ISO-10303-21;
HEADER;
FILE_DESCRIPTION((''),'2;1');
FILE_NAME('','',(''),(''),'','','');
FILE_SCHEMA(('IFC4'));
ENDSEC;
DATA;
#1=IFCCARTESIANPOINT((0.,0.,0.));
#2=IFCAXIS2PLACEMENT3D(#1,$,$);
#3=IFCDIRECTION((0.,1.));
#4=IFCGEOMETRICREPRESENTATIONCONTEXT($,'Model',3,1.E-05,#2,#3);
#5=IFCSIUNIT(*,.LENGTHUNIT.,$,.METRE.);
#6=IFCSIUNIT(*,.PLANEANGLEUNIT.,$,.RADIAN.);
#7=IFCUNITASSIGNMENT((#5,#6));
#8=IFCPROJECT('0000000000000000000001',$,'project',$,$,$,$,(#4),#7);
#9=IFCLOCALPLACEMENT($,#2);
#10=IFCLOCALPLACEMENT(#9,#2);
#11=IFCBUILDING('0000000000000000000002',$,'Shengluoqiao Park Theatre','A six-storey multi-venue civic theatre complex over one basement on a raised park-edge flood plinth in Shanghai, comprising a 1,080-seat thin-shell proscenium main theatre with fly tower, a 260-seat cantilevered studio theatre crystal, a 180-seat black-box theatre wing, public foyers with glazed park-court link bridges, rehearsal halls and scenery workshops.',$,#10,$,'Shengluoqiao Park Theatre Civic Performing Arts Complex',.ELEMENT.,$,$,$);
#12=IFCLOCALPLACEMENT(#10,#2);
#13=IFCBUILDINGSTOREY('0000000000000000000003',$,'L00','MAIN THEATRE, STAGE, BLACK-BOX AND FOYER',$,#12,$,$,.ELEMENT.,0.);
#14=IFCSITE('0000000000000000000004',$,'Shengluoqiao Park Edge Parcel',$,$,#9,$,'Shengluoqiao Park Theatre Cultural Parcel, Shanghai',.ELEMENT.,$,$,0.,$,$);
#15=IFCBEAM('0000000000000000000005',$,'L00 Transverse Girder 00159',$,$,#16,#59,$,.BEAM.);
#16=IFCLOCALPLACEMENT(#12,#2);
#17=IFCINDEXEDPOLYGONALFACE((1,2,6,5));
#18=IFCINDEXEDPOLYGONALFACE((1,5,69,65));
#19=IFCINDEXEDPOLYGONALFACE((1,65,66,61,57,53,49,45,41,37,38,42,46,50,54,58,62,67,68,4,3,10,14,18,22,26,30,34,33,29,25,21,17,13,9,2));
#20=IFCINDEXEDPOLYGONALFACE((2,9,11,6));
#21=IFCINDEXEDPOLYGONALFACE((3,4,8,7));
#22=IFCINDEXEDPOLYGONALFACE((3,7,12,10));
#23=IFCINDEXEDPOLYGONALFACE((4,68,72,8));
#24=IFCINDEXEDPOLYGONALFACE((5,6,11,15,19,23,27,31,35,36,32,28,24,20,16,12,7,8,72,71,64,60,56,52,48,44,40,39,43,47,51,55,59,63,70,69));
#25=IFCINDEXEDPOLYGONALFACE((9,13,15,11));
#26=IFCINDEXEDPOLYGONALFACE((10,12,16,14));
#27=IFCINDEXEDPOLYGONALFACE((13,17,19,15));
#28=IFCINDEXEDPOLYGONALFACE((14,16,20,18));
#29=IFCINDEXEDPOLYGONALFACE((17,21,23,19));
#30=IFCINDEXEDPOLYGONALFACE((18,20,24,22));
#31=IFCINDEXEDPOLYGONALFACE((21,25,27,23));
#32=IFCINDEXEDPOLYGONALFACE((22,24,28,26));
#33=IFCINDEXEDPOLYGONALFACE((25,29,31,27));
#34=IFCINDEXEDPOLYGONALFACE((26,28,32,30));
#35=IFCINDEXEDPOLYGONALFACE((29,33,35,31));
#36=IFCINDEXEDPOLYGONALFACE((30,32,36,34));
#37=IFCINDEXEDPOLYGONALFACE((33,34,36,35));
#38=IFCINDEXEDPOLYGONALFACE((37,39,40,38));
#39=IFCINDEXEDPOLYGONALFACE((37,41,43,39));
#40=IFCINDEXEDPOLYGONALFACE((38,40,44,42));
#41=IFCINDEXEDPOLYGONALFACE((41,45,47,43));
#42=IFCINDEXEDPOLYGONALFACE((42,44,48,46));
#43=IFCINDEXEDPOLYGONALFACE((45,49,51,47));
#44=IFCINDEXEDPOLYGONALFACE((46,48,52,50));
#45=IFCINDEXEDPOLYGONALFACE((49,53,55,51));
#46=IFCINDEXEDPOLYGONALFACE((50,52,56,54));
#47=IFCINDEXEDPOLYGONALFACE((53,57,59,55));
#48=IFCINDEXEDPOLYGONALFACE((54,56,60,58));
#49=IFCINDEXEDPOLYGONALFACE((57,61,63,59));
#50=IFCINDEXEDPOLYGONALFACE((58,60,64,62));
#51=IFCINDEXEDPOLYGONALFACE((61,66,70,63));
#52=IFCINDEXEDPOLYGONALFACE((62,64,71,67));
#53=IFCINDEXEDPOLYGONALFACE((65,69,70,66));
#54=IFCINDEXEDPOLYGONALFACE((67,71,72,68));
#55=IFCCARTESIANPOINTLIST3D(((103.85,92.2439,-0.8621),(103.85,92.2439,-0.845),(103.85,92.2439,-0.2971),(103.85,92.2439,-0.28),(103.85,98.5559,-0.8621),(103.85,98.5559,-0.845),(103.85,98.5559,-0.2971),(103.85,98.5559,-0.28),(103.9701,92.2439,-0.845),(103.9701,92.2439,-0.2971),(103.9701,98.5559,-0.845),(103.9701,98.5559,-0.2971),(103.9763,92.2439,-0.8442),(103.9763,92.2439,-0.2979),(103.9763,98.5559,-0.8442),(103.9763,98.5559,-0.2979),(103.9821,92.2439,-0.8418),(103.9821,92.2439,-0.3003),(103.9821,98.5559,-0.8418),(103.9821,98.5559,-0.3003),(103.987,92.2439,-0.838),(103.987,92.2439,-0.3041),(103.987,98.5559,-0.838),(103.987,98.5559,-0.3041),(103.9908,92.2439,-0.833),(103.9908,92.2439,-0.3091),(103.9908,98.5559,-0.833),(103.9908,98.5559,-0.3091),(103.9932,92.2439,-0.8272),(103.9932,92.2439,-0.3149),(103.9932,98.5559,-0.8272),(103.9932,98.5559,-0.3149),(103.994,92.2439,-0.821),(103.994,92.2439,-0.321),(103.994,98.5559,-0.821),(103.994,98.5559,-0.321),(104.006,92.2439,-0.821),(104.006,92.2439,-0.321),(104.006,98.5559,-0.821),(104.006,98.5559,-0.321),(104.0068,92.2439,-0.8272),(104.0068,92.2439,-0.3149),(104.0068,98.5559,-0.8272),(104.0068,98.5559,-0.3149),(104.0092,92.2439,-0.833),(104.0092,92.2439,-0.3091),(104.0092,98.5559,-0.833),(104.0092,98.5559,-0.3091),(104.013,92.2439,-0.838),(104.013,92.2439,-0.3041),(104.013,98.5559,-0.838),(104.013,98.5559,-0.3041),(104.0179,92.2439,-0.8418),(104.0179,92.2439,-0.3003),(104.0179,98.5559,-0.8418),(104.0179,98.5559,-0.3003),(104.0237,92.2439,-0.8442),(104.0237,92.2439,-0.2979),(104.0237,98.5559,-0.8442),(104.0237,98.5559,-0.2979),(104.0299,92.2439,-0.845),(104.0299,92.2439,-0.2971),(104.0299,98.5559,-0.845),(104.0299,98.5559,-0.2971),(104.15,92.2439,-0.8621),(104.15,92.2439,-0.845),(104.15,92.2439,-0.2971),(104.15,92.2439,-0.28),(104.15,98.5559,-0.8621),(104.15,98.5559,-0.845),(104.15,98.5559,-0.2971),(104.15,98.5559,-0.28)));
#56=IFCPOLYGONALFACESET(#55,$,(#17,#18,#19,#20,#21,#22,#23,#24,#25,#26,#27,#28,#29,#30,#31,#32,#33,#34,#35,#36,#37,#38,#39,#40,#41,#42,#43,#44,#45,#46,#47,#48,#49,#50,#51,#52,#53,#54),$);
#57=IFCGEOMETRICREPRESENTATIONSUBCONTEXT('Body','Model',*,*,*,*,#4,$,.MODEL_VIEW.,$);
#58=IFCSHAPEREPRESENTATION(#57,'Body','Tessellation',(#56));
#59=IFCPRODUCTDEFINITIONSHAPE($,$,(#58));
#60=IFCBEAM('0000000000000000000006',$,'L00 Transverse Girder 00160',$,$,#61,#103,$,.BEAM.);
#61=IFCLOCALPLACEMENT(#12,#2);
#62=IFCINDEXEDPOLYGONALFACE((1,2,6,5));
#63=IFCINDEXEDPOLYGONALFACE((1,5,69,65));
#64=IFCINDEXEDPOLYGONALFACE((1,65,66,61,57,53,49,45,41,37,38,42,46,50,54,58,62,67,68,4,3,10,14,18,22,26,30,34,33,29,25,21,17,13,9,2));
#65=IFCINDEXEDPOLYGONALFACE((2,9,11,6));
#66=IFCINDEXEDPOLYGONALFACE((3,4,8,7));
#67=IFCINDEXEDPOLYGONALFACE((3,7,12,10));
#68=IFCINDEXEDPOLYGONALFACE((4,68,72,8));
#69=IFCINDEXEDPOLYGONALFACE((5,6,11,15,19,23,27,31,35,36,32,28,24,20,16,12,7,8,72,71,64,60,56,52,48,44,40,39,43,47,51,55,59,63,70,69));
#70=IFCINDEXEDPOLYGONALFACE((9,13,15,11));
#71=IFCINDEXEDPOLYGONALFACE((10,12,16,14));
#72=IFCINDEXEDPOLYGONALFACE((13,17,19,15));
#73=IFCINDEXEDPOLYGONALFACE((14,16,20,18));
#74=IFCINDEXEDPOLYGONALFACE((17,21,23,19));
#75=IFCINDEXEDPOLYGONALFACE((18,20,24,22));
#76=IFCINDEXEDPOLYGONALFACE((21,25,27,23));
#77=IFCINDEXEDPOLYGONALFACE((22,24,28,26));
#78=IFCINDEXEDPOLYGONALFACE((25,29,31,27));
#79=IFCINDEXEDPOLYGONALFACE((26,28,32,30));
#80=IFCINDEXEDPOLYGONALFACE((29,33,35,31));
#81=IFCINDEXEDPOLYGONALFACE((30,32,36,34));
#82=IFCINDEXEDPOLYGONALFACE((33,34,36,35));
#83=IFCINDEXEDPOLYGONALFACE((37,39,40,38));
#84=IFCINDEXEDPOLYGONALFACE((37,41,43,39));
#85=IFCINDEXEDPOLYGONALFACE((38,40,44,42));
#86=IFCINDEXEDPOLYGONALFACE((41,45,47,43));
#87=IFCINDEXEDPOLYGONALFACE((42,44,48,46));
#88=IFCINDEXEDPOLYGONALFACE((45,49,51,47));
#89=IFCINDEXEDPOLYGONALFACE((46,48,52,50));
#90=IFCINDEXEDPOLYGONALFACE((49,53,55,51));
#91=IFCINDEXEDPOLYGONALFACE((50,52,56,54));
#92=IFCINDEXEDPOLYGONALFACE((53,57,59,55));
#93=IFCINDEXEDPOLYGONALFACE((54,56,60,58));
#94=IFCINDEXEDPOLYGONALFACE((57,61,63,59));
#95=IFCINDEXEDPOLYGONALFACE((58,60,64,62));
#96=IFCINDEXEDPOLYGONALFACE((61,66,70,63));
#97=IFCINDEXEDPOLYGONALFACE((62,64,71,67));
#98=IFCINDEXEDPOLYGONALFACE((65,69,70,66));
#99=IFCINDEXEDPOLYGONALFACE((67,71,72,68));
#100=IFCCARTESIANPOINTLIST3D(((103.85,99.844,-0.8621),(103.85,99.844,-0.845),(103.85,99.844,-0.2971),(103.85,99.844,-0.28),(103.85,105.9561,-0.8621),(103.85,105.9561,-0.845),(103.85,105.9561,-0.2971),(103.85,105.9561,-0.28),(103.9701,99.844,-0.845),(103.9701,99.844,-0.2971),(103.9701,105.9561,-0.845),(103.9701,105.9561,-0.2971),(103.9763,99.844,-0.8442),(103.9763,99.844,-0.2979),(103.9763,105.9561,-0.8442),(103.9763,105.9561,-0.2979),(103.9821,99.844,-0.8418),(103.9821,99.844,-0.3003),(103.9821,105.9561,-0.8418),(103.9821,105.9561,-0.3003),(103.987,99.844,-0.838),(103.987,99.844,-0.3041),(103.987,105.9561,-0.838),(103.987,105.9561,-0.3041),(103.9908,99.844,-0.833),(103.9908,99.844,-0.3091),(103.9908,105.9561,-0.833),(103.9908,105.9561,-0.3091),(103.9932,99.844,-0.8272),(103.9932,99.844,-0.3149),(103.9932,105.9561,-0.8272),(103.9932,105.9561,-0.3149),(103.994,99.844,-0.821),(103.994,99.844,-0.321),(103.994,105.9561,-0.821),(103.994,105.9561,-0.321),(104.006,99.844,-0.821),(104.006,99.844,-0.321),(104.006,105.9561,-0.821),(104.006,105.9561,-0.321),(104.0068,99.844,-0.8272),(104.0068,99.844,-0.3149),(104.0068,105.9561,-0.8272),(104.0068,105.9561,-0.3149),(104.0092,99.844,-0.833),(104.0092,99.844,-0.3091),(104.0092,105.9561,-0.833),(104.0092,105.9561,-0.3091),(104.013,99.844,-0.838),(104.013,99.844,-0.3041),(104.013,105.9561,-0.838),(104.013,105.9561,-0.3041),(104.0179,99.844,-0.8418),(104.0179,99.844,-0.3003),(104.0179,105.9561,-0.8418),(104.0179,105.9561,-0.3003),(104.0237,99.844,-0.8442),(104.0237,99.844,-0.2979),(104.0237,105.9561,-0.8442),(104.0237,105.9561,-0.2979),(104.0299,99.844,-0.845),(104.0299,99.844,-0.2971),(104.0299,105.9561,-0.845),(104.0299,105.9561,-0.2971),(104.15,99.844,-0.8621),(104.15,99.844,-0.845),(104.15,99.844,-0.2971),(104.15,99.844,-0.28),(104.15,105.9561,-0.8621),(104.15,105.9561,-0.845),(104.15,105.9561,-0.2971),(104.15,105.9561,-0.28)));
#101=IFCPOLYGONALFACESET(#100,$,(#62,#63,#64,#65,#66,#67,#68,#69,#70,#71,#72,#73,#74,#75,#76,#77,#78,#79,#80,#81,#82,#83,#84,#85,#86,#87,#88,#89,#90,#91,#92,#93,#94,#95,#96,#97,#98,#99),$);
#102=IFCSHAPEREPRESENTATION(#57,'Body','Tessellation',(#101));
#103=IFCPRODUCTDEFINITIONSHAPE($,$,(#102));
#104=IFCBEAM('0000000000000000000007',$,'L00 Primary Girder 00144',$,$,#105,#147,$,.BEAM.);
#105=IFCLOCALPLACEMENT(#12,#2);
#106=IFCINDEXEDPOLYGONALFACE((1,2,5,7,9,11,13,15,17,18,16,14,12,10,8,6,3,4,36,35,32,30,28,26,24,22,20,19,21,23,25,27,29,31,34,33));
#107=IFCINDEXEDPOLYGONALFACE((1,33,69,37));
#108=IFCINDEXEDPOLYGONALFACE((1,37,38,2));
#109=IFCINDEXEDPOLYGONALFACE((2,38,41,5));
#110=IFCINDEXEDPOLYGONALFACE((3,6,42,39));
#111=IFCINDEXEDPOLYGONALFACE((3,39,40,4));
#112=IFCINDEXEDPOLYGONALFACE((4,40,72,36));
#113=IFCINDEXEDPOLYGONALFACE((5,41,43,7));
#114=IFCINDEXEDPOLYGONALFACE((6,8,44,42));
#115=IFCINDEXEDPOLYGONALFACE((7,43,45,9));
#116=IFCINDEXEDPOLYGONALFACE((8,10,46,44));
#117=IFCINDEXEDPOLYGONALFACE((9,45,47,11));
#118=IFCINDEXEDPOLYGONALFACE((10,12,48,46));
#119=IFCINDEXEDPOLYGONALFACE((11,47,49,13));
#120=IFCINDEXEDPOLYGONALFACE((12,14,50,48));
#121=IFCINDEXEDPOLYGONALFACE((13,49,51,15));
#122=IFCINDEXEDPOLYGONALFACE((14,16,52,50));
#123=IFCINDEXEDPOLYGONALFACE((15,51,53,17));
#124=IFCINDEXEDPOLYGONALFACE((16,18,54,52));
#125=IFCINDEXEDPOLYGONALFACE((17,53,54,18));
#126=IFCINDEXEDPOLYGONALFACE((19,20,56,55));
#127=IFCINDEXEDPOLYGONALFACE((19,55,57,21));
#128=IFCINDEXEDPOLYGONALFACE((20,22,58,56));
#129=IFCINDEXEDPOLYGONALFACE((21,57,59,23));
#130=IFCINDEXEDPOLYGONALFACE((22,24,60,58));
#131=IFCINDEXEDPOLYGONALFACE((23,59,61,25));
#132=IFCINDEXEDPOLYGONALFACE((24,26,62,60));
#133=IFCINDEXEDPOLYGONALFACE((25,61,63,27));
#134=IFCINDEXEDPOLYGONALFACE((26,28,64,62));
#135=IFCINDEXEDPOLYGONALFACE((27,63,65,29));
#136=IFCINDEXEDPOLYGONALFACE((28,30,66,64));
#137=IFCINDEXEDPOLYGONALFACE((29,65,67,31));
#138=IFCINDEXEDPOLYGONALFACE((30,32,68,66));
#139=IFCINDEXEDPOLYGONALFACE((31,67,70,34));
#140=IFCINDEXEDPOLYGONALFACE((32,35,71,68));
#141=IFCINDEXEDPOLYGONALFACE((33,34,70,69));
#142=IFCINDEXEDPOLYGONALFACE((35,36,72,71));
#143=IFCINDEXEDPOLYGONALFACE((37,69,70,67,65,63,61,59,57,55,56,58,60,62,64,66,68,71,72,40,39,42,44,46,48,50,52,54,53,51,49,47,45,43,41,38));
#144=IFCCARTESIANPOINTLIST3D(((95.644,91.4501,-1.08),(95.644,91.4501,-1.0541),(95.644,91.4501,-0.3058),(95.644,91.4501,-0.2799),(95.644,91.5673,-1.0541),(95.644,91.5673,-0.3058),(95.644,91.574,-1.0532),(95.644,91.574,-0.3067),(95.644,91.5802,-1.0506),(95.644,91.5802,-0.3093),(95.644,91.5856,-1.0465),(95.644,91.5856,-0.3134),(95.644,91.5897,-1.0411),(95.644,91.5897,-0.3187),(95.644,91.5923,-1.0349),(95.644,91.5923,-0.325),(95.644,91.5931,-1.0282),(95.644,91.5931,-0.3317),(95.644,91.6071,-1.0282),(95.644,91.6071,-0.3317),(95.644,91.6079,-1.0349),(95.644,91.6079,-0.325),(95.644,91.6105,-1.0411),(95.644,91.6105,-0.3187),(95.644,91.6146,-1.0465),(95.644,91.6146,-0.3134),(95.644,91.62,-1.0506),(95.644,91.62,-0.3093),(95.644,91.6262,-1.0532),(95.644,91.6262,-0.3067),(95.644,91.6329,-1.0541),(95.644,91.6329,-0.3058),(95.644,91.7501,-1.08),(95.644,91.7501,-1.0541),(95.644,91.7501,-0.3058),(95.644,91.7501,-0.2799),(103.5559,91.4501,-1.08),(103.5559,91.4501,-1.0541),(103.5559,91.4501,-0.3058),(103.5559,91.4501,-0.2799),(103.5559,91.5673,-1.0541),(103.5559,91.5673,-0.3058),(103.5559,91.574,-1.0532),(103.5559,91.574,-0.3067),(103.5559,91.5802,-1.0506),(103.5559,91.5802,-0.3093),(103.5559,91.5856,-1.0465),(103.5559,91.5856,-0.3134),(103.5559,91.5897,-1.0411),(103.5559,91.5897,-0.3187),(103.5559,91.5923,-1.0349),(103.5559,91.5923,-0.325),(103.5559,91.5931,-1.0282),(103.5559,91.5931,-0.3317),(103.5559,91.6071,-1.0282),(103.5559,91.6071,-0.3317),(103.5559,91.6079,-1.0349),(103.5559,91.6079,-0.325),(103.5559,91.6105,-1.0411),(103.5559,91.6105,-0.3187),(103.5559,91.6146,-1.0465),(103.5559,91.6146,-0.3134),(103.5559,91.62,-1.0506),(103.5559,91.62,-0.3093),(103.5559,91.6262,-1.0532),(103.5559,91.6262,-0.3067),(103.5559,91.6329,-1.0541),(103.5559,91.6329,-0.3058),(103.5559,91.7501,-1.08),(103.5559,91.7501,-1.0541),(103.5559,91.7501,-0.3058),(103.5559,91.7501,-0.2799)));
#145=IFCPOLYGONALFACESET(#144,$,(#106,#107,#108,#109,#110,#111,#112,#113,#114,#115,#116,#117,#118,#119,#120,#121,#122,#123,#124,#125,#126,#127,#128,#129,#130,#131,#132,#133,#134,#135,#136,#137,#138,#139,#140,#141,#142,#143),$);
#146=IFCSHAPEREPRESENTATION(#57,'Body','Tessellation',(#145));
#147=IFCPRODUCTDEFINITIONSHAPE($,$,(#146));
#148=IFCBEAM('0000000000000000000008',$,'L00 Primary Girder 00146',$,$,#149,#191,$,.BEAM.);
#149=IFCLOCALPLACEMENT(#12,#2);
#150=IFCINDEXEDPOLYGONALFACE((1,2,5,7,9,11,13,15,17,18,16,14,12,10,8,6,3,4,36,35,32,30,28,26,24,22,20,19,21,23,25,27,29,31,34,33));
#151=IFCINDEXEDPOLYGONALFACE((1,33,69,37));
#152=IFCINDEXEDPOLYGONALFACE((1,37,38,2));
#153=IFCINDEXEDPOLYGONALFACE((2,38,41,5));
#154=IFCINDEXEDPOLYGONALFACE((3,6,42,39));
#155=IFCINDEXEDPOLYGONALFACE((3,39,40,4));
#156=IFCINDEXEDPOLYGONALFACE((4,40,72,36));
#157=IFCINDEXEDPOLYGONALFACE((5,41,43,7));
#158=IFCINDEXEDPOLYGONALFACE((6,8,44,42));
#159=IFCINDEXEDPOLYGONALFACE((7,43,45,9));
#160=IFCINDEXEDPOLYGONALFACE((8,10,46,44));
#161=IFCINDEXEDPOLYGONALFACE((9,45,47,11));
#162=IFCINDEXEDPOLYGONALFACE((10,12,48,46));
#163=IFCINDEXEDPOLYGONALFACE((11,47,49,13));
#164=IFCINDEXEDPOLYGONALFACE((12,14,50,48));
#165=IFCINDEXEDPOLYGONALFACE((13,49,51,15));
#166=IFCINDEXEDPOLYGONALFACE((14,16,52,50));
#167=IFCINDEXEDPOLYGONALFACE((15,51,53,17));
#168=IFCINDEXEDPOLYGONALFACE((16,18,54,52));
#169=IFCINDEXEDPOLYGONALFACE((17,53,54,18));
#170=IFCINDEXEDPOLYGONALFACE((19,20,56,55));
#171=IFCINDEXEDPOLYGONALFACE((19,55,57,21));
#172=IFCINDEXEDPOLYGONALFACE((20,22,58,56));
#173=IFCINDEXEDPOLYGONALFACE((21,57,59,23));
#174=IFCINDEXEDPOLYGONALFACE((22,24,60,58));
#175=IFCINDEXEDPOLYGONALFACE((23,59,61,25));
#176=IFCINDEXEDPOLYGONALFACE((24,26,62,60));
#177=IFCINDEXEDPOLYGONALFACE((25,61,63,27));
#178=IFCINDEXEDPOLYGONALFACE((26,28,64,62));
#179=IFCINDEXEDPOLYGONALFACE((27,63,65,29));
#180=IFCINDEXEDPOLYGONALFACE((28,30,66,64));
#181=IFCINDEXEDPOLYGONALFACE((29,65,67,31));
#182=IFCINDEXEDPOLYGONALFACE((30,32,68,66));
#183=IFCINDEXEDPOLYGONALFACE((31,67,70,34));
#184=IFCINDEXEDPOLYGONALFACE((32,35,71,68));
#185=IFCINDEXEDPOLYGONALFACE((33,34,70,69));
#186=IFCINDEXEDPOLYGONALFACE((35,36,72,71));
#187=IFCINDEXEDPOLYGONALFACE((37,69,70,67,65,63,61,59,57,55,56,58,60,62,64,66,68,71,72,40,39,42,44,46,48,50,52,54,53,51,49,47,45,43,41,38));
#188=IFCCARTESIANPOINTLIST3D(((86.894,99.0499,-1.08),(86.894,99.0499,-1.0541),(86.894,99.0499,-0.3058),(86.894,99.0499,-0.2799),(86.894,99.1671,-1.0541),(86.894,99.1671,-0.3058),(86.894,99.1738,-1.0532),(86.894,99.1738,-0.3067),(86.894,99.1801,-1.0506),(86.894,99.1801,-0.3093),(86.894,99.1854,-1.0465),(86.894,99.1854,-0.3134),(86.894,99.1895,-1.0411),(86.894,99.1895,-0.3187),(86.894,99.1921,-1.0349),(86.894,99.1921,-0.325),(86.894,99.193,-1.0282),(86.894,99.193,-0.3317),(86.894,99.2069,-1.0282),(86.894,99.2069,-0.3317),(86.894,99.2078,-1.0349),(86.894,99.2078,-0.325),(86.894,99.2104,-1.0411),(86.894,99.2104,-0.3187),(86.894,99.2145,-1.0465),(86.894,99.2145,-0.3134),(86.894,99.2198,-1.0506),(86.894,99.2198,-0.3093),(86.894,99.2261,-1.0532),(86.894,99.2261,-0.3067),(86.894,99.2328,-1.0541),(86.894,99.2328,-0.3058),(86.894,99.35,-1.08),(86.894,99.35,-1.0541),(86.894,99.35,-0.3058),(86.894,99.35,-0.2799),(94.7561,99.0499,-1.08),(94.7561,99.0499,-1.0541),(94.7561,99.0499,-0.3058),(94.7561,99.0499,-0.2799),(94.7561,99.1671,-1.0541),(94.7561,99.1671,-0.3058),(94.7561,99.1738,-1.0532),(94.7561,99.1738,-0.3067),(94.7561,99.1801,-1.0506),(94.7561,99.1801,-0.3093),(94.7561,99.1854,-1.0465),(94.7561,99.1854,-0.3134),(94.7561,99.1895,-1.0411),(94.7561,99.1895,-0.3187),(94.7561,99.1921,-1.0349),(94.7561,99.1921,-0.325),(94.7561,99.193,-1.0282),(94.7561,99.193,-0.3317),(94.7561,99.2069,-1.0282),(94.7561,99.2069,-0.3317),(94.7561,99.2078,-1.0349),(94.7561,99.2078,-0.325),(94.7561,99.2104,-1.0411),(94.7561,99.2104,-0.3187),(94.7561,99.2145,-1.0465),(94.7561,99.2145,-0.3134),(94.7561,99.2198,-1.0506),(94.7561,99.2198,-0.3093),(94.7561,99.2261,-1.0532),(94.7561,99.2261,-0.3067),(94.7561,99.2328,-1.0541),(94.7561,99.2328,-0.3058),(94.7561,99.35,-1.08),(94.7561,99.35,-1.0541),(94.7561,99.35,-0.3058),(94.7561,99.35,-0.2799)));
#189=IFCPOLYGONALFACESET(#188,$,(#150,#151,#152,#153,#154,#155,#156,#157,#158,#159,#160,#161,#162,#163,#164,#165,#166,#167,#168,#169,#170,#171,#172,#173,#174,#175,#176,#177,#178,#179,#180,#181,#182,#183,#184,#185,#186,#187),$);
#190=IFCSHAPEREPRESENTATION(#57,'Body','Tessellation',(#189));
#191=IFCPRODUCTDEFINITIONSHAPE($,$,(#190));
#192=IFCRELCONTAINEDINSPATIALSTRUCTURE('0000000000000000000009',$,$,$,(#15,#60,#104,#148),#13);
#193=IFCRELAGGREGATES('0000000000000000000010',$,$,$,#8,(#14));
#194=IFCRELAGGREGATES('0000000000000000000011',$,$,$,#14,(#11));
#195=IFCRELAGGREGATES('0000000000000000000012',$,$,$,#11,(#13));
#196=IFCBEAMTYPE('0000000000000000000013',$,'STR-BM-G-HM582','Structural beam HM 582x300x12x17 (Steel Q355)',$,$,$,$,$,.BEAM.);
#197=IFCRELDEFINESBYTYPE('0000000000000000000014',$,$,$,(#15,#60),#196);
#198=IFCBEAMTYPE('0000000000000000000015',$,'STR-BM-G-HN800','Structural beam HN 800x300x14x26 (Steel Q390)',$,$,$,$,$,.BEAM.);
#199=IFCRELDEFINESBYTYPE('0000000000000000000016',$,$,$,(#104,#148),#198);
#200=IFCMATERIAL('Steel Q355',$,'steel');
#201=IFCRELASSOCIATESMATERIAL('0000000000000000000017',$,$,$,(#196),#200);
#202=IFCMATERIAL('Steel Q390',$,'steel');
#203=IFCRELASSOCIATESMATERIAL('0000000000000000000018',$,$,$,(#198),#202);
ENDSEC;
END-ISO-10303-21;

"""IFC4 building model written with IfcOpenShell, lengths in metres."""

from ifc_helpers import new_model, si_unit, direction, frame, origin, origin_2d, place, context, subcontext, project, spatial, i_section, extrude, material, material_profile, profile_set, type_object, element, save


model = new_model("IFC4")

# Units and contexts
model_context = context("Model", 3, precision=1e-05, world=origin(), true_north=direction((0.0, 1.0)))
body_context = subcontext(model_context, "Body", "Model", "MODEL_VIEW")
ifc_project = project(units=[si_unit("LENGTHUNIT", "METRE"), si_unit("PLANEANGLEUNIT", "RADIAN")], contexts=[model_context])

# Site, building, storey
site_placement = place(None, origin())
site = spatial("IfcSite", under=ifc_project, at=site_placement, Name="Shengluoqiao Park Edge Parcel", LongName="Shengluoqiao Park Theatre Cultural Parcel, Shanghai", CompositionType="ELEMENT", RefElevation=0.0)
building_placement = place(site_placement, origin())
building = spatial("IfcBuilding", under=site, at=building_placement, Name="Shengluoqiao Park Theatre", Description="A six-storey multi-venue civic theatre complex over one basement on a raised park-edge flood plinth in Shanghai, comprising a 1,080-seat thin-shell proscenium main theatre with fly tower, a 260-seat cantilevered studio theatre crystal, a 180-seat black-box theatre wing, public foyers with glazed park-court link bridges, rehearsal halls and scenery workshops.", LongName="Shengluoqiao Park Theatre Civic Performing Arts Complex", CompositionType="ELEMENT")
storey_placement = place(building_placement, origin())
storey = spatial("IfcBuildingStorey", under=building, at=storey_placement, Name="L00", Description="MAIN THEATRE, STAGE, BLACK-BOX AND FOYER", CompositionType="ELEMENT", Elevation=0.0)

# Beams
ifc_material_1 = material(Name="Steel Q355", Category="steel")
ifc_material_profile_1 = material_profile(ifc_material_1, i_section(OverallWidth=0.3, OverallDepth=0.582, WebThickness=0.012, FlangeThickness=0.0171, FilletRadius=0.0239, at=origin_2d()), Name="HM 582x300x12x17")
ifc_profile_set_1 = profile_set([ifc_material_profile_1], Name="Steel Q355")
beam_type_1 = type_object("IfcBeamType", Name="STR-BM-G-HM582", Description="Structural beam HM 582x300x12x17 (Steel Q355)", PredefinedType="BEAM", material=ifc_profile_set_1)
beam_1_placement = place(storey_placement, frame((104.0, 92.2439, -0.571), z_axis=(0.0, 1.0, 0.0), x_axis=(-1.0, 0.0, 0.0)))
element("IfcBeam", 1, at=beam_1_placement, inside=storey, type_object=beam_type_1, Name="L00 Transverse Girder 00159", PredefinedType="BEAM", context=body_context, shape_type="SweptSolid", body=[
    extrude(i_section(OverallWidth=0.3, OverallDepth=0.582, WebThickness=0.012, FlangeThickness=0.0171, FilletRadius=0.0239, at=origin_2d()), origin(), (0.0, 0.0, 1.0), 6.312),
])
beam_2_placement = place(storey_placement, frame((104.0, 99.844, -0.571), z_axis=(0.0, 1.0, 0.0), x_axis=(-1.0, 0.0, 0.0)))
element("IfcBeam", 2, at=beam_2_placement, inside=storey, type_object=beam_type_1, Name="L00 Transverse Girder 00160", PredefinedType="BEAM", context=body_context, shape_type="SweptSolid", body=[
    extrude(i_section(OverallWidth=0.3, OverallDepth=0.582, WebThickness=0.012, FlangeThickness=0.0171, FilletRadius=0.0239, at=origin_2d()), origin(), (0.0, 0.0, 1.0), 6.1121),
])
ifc_material_2 = material(Name="Steel Q390", Category="steel")
ifc_material_profile_2 = material_profile(ifc_material_2, i_section(OverallWidth=0.3, OverallDepth=0.8, WebThickness=0.0139, FlangeThickness=0.0259, FilletRadius=0.0259, at=origin_2d()), Name="HN 800x300x14x26")
ifc_profile_set_2 = profile_set([ifc_material_profile_2], Name="Steel Q390")
beam_type_2 = type_object("IfcBeamType", Name="STR-BM-G-HN800", Description="Structural beam HN 800x300x14x26 (Steel Q390)", PredefinedType="BEAM", material=ifc_profile_set_2)
beam_3_placement = place(storey_placement, frame((95.644, 91.6001, -0.6799), z_axis=(1.0, 0.0, 0.0), x_axis=(0.0, 1.0, 0.0)))
element("IfcBeam", 3, at=beam_3_placement, inside=storey, type_object=beam_type_2, Name="L00 Primary Girder 00144", PredefinedType="BEAM", context=body_context, shape_type="SweptSolid", body=[
    extrude(i_section(OverallWidth=0.3, OverallDepth=0.8, WebThickness=0.0139, FlangeThickness=0.0259, FilletRadius=0.0259, at=origin_2d()), origin(), (0.0, 0.0, 1.0), 7.9119),
])
beam_4_placement = place(storey_placement, frame((86.894, 99.2, -0.6799), z_axis=(1.0, 0.0, 0.0), x_axis=(0.0, 1.0, 0.0)))
element("IfcBeam", 4, at=beam_4_placement, inside=storey, type_object=beam_type_2, Name="L00 Primary Girder 00146", PredefinedType="BEAM", context=body_context, shape_type="SweptSolid", body=[
    extrude(i_section(OverallWidth=0.3, OverallDepth=0.8, WebThickness=0.0139, FlangeThickness=0.0259, FilletRadius=0.0259, at=origin_2d()), origin(), (0.0, 0.0, 1.0), 7.8621),
])

save(model, "model.ifc")
